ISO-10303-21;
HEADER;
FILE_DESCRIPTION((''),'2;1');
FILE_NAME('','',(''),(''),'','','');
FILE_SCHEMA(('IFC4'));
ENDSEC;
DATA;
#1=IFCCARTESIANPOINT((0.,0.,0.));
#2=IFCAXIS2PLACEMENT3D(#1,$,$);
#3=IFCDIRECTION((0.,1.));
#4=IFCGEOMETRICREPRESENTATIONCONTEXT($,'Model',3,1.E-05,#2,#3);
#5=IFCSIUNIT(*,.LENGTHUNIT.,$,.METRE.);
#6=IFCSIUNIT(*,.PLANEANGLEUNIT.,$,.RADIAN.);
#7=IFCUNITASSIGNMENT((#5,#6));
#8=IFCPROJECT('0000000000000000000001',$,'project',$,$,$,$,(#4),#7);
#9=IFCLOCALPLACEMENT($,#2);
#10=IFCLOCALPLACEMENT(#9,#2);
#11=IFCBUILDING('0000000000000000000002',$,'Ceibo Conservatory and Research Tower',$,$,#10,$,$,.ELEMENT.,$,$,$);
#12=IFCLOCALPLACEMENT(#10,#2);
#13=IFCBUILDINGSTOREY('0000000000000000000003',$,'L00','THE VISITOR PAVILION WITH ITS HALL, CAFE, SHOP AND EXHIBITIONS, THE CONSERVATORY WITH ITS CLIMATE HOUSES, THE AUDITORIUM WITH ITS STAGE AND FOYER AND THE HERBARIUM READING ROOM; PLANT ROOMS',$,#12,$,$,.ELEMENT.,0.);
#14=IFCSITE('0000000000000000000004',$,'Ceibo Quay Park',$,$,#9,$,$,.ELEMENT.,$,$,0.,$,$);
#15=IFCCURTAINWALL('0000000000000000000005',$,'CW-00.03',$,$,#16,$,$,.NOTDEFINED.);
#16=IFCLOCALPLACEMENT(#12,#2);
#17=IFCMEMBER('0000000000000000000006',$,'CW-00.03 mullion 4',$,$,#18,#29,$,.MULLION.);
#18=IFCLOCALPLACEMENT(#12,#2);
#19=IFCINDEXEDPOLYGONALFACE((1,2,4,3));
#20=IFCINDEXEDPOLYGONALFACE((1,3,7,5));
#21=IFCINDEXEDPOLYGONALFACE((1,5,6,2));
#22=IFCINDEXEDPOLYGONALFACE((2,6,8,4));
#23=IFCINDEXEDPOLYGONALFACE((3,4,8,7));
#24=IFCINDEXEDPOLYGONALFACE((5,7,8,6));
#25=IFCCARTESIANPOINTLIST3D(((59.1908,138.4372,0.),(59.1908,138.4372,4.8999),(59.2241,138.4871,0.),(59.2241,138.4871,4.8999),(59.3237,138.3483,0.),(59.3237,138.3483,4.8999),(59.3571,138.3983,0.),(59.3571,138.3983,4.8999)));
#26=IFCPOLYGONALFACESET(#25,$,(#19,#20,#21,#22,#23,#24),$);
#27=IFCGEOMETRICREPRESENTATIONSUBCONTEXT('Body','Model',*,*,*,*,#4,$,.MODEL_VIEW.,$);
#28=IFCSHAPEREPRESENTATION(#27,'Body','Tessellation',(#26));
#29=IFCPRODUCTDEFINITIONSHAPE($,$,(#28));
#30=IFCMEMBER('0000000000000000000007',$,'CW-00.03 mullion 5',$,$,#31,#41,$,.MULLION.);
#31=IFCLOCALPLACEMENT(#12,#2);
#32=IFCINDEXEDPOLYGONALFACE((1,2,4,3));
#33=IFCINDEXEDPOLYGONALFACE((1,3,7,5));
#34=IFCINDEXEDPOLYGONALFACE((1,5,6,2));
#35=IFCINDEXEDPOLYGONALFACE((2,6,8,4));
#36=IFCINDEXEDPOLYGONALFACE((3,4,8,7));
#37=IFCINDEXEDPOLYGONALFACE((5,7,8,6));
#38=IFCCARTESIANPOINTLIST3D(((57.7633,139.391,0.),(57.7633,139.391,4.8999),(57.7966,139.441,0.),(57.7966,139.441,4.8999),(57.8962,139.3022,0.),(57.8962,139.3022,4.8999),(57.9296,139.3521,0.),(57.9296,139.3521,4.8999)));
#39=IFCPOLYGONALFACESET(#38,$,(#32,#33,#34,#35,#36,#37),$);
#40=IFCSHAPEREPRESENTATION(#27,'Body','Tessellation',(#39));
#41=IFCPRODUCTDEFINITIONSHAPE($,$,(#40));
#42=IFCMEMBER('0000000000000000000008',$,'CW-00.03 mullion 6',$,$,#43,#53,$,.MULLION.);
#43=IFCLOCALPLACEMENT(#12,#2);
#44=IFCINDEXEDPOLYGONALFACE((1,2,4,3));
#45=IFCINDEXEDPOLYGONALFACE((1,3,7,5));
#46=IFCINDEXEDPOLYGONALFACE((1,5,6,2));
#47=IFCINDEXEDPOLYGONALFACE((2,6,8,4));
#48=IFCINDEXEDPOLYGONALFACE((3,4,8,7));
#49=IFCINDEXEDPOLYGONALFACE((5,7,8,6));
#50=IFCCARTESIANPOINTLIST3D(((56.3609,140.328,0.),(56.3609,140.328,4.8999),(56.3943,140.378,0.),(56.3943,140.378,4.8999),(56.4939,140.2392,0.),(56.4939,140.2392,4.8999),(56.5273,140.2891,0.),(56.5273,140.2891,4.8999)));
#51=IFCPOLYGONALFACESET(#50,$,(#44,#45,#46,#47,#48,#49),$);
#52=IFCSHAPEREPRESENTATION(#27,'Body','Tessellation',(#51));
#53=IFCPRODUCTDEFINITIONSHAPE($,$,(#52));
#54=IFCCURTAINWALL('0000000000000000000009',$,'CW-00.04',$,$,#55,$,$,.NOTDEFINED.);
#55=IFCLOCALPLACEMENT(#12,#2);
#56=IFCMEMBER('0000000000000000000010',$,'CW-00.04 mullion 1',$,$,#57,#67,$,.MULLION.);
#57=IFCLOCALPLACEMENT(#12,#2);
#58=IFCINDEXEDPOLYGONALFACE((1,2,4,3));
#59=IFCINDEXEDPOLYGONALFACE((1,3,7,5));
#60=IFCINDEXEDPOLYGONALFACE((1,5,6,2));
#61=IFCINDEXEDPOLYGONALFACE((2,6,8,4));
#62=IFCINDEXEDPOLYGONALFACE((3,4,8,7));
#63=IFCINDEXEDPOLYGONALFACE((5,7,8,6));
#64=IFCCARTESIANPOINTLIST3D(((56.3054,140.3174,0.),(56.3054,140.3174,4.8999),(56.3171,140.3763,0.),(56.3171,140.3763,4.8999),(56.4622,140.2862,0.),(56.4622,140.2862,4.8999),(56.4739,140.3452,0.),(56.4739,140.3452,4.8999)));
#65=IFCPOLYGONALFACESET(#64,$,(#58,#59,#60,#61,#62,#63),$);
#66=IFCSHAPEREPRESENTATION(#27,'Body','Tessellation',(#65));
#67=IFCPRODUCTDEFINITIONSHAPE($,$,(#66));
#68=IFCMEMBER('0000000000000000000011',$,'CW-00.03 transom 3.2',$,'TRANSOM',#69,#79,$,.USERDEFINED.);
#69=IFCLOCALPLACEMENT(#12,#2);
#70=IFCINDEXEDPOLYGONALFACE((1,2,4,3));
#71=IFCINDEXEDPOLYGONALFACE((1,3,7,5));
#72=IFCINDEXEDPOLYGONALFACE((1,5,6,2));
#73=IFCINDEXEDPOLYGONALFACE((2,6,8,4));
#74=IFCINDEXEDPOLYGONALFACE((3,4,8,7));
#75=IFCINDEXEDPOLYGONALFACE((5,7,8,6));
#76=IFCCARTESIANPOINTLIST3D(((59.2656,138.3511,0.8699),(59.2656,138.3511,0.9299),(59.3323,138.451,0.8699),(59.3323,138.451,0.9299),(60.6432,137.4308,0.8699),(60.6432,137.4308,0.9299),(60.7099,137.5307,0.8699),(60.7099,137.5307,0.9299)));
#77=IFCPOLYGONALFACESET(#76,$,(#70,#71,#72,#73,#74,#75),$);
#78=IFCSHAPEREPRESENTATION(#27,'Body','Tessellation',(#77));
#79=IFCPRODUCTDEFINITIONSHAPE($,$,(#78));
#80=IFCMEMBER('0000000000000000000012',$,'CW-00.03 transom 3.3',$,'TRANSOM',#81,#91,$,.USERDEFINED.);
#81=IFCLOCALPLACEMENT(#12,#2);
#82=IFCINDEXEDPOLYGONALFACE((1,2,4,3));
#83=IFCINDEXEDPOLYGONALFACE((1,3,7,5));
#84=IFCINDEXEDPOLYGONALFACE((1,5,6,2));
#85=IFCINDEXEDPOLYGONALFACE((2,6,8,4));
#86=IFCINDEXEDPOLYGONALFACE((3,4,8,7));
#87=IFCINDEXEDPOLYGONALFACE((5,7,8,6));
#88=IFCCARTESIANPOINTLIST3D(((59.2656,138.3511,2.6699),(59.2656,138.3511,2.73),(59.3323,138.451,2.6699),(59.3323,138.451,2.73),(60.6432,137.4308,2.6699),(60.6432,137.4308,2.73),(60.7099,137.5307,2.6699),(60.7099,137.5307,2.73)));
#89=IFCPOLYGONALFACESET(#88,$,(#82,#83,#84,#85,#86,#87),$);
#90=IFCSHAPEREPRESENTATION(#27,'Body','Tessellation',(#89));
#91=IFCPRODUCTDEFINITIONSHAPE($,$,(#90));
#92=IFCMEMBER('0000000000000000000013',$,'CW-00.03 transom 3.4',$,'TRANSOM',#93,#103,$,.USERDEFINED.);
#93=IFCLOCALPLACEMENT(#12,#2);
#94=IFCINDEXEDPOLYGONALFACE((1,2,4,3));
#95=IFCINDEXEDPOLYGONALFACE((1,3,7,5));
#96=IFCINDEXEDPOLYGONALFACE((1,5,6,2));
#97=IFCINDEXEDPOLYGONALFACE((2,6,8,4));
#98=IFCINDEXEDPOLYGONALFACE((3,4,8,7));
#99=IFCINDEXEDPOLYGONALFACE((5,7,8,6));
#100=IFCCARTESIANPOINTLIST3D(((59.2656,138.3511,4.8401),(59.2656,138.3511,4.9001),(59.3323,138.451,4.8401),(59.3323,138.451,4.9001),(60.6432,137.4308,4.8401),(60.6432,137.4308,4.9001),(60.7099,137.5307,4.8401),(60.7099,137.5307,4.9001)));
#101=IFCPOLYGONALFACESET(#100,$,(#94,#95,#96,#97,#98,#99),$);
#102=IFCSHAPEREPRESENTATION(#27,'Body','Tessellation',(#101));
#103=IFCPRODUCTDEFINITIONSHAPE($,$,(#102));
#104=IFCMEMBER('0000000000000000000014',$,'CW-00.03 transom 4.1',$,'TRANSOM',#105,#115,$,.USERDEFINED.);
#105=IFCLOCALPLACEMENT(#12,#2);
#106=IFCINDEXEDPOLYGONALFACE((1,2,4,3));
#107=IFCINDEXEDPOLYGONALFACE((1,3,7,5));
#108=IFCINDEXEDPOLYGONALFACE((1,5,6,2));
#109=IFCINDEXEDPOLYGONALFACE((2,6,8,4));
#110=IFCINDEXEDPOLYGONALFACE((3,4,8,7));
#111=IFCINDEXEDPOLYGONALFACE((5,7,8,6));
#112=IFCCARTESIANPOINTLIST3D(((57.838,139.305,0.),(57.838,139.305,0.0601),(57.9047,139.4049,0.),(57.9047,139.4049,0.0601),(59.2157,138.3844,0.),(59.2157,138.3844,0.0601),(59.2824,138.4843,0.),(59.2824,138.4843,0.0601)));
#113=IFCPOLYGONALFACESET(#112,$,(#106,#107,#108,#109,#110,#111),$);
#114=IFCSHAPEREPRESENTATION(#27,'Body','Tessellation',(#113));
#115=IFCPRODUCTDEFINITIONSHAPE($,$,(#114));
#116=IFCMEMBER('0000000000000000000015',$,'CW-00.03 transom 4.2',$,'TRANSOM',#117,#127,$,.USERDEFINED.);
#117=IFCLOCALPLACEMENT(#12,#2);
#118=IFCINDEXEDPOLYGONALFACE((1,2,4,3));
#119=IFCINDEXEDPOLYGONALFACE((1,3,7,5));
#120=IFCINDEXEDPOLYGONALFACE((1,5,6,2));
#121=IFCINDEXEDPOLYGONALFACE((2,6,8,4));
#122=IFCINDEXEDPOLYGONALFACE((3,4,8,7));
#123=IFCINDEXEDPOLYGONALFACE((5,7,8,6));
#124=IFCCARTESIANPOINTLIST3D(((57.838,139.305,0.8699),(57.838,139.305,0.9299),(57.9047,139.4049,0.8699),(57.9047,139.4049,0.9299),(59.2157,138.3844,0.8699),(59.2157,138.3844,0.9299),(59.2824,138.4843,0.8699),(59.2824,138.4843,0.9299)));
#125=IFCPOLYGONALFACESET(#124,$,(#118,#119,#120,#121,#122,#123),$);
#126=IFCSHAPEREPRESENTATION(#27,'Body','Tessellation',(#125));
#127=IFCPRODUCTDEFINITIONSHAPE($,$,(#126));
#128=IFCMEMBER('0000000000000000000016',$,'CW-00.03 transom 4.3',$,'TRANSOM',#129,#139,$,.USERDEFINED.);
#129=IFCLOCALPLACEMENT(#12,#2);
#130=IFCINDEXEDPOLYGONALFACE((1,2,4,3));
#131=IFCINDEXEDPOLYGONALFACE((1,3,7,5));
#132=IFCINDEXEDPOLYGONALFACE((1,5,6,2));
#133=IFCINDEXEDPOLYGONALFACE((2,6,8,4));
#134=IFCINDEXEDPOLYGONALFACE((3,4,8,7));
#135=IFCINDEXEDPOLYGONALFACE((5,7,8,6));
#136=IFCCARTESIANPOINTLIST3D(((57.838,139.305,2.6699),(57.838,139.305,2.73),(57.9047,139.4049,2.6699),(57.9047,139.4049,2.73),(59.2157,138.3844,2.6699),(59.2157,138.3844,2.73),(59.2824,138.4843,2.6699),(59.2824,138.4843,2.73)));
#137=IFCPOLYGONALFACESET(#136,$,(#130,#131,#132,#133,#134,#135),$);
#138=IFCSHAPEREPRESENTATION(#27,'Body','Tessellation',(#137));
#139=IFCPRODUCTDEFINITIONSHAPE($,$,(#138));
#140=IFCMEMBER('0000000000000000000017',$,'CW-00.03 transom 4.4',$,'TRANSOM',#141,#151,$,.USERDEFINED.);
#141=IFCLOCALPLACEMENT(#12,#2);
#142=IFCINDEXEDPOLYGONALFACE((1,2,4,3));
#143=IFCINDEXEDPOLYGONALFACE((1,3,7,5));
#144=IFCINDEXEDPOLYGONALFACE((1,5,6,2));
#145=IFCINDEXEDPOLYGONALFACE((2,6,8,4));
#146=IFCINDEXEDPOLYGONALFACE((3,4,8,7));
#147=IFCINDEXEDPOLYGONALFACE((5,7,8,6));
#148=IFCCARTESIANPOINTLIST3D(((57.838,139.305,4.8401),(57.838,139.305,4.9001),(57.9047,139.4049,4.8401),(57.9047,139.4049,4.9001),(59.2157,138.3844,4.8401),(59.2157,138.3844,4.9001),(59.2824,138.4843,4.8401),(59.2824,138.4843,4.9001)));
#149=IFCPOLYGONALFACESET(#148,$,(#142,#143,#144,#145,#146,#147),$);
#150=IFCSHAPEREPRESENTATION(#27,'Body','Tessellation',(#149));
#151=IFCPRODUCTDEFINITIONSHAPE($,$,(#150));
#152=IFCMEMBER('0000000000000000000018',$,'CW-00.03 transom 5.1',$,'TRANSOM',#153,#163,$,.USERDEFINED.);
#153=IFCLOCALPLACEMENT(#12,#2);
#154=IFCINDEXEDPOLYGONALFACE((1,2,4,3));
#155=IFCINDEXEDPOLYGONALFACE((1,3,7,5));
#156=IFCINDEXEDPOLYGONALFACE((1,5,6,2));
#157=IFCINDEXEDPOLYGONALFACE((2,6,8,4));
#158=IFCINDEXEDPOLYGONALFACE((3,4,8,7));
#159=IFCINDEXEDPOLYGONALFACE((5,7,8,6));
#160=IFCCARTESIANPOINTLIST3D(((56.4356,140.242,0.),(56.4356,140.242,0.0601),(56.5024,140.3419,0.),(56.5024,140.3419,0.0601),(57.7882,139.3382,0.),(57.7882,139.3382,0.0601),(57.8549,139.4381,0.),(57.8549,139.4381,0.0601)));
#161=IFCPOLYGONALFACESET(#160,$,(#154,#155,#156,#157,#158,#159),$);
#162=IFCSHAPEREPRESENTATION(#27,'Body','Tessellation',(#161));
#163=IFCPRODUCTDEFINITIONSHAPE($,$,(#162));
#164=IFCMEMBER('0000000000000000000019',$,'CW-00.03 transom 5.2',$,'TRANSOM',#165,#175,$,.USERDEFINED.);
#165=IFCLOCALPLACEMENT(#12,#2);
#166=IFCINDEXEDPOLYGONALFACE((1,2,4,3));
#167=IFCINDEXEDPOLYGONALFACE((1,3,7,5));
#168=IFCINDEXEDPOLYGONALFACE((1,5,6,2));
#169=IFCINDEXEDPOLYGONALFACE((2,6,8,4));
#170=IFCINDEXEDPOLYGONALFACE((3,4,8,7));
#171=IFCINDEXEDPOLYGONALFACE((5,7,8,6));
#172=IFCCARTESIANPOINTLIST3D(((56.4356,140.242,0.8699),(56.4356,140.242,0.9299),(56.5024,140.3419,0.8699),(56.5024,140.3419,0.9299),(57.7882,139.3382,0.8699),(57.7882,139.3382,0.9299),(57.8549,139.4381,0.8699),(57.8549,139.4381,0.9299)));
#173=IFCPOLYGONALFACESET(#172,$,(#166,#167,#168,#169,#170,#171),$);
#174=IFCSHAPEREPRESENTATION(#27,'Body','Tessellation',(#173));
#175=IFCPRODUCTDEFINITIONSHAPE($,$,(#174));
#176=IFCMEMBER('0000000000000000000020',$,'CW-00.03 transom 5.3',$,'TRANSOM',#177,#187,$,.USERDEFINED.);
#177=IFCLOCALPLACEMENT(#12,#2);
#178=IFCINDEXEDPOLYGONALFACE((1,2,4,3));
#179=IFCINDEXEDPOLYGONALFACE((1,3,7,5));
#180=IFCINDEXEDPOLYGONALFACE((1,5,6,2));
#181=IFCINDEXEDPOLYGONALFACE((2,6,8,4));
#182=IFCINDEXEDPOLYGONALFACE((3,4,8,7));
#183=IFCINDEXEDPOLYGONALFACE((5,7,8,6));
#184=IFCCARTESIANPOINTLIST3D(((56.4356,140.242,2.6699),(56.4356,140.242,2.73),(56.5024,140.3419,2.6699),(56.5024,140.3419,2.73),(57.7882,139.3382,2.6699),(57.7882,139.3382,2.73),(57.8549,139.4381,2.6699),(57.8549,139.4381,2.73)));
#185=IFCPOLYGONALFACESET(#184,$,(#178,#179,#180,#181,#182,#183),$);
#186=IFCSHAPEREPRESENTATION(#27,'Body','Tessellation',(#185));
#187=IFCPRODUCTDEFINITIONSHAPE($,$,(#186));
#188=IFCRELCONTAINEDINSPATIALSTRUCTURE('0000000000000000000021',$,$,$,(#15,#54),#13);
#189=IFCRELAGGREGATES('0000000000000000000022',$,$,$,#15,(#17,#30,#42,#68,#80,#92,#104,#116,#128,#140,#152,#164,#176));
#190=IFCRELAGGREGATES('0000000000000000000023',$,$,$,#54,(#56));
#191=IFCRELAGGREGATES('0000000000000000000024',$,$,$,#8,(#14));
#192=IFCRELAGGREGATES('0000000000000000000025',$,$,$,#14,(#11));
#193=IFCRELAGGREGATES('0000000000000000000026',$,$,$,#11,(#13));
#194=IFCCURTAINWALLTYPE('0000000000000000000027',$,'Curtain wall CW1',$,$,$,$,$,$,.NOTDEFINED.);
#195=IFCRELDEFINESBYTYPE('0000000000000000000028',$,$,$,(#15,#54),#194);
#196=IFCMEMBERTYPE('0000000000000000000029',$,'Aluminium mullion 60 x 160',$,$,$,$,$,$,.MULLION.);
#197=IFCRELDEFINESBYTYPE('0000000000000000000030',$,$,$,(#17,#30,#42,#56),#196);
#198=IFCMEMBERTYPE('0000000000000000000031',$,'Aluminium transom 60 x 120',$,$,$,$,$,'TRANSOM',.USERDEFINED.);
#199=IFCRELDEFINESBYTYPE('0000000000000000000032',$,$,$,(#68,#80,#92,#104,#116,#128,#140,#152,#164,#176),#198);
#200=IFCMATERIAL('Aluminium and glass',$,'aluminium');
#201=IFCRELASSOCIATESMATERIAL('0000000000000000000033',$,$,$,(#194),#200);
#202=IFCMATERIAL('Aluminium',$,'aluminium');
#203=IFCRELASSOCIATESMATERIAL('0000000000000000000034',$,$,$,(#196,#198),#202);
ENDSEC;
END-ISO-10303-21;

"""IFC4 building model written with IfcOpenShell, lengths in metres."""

from ifc_helpers import new_model, si_unit, direction, frame, origin, origin_2d, place, context, subcontext, project, spatial, rectangle, extrude, material, material_profile, profile_set, type_object, element, aggregate, save


model = new_model("IFC4")

# Units and contexts
model_context = context("Model", 3, precision=1e-05, world=origin(), true_north=direction((0.0, 1.0)))
body_context = subcontext(model_context, "Body", "Model", "MODEL_VIEW")
ifc_project = project(units=[si_unit("LENGTHUNIT", "METRE"), si_unit("PLANEANGLEUNIT", "RADIAN")], contexts=[model_context])

# Site, building, storey
site_placement = place(None, origin())
site = spatial("IfcSite", under=ifc_project, at=site_placement, Name="Ceibo Quay Park", CompositionType="ELEMENT", RefElevation=0.0)
building_placement = place(site_placement, origin())
building = spatial("IfcBuilding", under=site, at=building_placement, Name="Ceibo Conservatory and Research Tower", CompositionType="ELEMENT")
storey_placement = place(building_placement, origin())
storey = spatial("IfcBuildingStorey", under=building, at=storey_placement, Name="L00", Description="THE VISITOR PAVILION WITH ITS HALL, CAFE, SHOP AND EXHIBITIONS, THE CONSERVATORY WITH ITS CLIMATE HOUSES, THE AUDITORIUM WITH ITS STAGE AND FOYER AND THE HERBARIUM READING ROOM; PLANT ROOMS", CompositionType="ELEMENT", Elevation=0.0)

# Curtain wall, members
ifc_material_1 = material(Name="Aluminium and glass", Category="aluminium")
curtain_wall_type = type_object("IfcCurtainWallType", Name="Curtain wall CW1", PredefinedType="NOTDEFINED", material=ifc_material_1)
curtain_wall_1_placement = place(storey_placement, origin())
curtain_wall_1 = element("IfcCurtainWall", 1, at=curtain_wall_1_placement, inside=storey, type_object=curtain_wall_type, Name="CW-00.03", PredefinedType="NOTDEFINED")
ifc_material_2 = material(Name="Aluminium", Category="aluminium")
ifc_material_profile_1 = material_profile(ifc_material_2, rectangle(XDim=0.0601, YDim=0.1599, at=origin_2d()), Name="Aluminium 60 x 160")
ifc_profile_set_1 = profile_set([ifc_material_profile_1], Name="Aluminium")
member_type_1 = type_object("IfcMemberType", Name="Aluminium mullion 60 x 160", PredefinedType="MULLION", material=ifc_profile_set_1)
member_1_placement = place(storey_placement, frame((59.2739, 138.4177, 0.0), z_axis=(0.0, 0.0, 1.0), x_axis=(-0.55557, -0.83147, 0.0)))
member_1 = element("IfcMember", 2, at=member_1_placement, type_object=member_type_1, Name="CW-00.03 mullion 4", PredefinedType="MULLION", context=body_context, shape_type="SweptSolid", body=[
    extrude(rectangle(XDim=0.0601, YDim=0.1599, at=origin_2d()), origin(), (0.0, 0.0, 1.0), 4.8999),
])
member_2_placement = place(storey_placement, frame((57.8464, 139.3716, 0.0), z_axis=(0.0, 0.0, 1.0), x_axis=(-0.55557, -0.83147, 0.0)))
member_2 = element("IfcMember", 3, at=member_2_placement, type_object=member_type_1, Name="CW-00.03 mullion 5", PredefinedType="MULLION", context=body_context, shape_type="SweptSolid", body=[
    extrude(rectangle(XDim=0.0601, YDim=0.1599, at=origin_2d()), origin(), (0.0, 0.0, 1.0), 4.8999),
])
member_3_placement = place(storey_placement, frame((56.4441, 140.3086, 0.0), z_axis=(0.0, 0.0, 1.0), x_axis=(-0.55557, -0.83147, 0.0)))
member_3 = element("IfcMember", 4, at=member_3_placement, type_object=member_type_1, Name="CW-00.03 mullion 6", PredefinedType="MULLION", context=body_context, shape_type="SweptSolid", body=[
    extrude(rectangle(XDim=0.0601, YDim=0.1599, at=origin_2d()), origin(), (0.0, 0.0, 1.0), 4.8999),
])

# Curtain wall, member
curtain_wall_2_placement = place(storey_placement, origin())
curtain_wall_2 = element("IfcCurtainWall", 5, at=curtain_wall_2_placement, inside=storey, type_object=curtain_wall_type, Name="CW-00.04", PredefinedType="NOTDEFINED")
member_4_placement = place(storey_placement, frame((56.3896, 140.3313, 0.0), z_axis=(0.0, 0.0, 1.0), x_axis=(-0.19509, -0.980785, 0.0)))
member_4 = element("IfcMember", 6, at=member_4_placement, type_object=member_type_1, Name="CW-00.04 mullion 1", PredefinedType="MULLION", context=body_context, shape_type="SweptSolid", body=[
    extrude(rectangle(XDim=0.0601, YDim=0.1599, at=origin_2d()), origin(), (0.0, 0.0, 1.0), 4.8999),
])

# Members
ifc_material_profile_2 = material_profile(ifc_material_2, rectangle(XDim=0.1201, YDim=0.0601, at=origin_2d()), Name="Aluminium 60 x 120")
ifc_profile_set_2 = profile_set([ifc_material_profile_2], Name="Aluminium")
member_type_2 = type_object("IfcMemberType", Name="Aluminium transom 60 x 120", ElementType="TRANSOM", PredefinedType="USERDEFINED", material=ifc_profile_set_2)
member_5_placement = place(storey_placement, frame((60.6765, 137.4807, 0.8999), z_axis=(-0.831506, 0.555516, 0.0), x_axis=(-0.555516, -0.831506, 0.0)))
member_5 = element("IfcMember", 7, at=member_5_placement, type_object=member_type_2, Name="CW-00.03 transom 3.2", ObjectType="TRANSOM", PredefinedType="USERDEFINED", context=body_context, shape_type="SweptSolid", body=[
    extrude(rectangle(XDim=0.1201, YDim=0.0601, at=origin_2d()), origin(), (0.0, 0.0, 1.0), 1.6567),
])
member_6_placement = place(storey_placement, frame((60.6765, 137.4807, 2.7), z_axis=(-0.831506, 0.555516, 0.0), x_axis=(-0.555516, -0.831506, 0.0)))
member_6 = element("IfcMember", 8, at=member_6_placement, type_object=member_type_2, Name="CW-00.03 transom 3.3", ObjectType="TRANSOM", PredefinedType="USERDEFINED", context=body_context, shape_type="SweptSolid", body=[
    extrude(rectangle(XDim=0.1201, YDim=0.0601, at=origin_2d()), origin(), (0.0, 0.0, 1.0), 1.6567),
])
member_7_placement = place(storey_placement, frame((60.6765, 137.4807, 4.8701), z_axis=(-0.831506, 0.555516, 0.0), x_axis=(-0.555516, -0.831506, 0.0)))
member_7 = element("IfcMember", 9, at=member_7_placement, type_object=member_type_2, Name="CW-00.03 transom 3.4", ObjectType="TRANSOM", PredefinedType="USERDEFINED", context=body_context, shape_type="SweptSolid", body=[
    extrude(rectangle(XDim=0.1201, YDim=0.0601, at=origin_2d()), origin(), (0.0, 0.0, 1.0), 1.6567),
])
member_8_placement = place(storey_placement, frame((59.249, 138.4343, 0.03), z_axis=(-0.831438, 0.555618, 0.0), x_axis=(-0.555618, -0.831438, 0.0)))
member_8 = element("IfcMember", 10, at=member_8_placement, type_object=member_type_2, Name="CW-00.03 transom 4.1", ObjectType="TRANSOM", PredefinedType="USERDEFINED", context=body_context, shape_type="SweptSolid", body=[
    extrude(rectangle(XDim=0.1201, YDim=0.0601, at=origin_2d()), origin(), (0.0, 0.0, 1.0), 1.657),
])
member_9_placement = place(storey_placement, frame((59.249, 138.4343, 0.8999), z_axis=(-0.831438, 0.555618, 0.0), x_axis=(-0.555618, -0.831438, 0.0)))
member_9 = element("IfcMember", 11, at=member_9_placement, type_object=member_type_2, Name="CW-00.03 transom 4.2", ObjectType="TRANSOM", PredefinedType="USERDEFINED", context=body_context, shape_type="SweptSolid", body=[
    extrude(rectangle(XDim=0.1201, YDim=0.0601, at=origin_2d()), origin(), (0.0, 0.0, 1.0), 1.657),
])
member_10_placement = place(storey_placement, frame((59.249, 138.4343, 2.7), z_axis=(-0.831438, 0.555618, 0.0), x_axis=(-0.555618, -0.831438, 0.0)))
member_10 = element("IfcMember", 12, at=member_10_placement, type_object=member_type_2, Name="CW-00.03 transom 4.3", ObjectType="TRANSOM", PredefinedType="USERDEFINED", context=body_context, shape_type="SweptSolid", body=[
    extrude(rectangle(XDim=0.1201, YDim=0.0601, at=origin_2d()), origin(), (0.0, 0.0, 1.0), 1.657),
])
member_11_placement = place(storey_placement, frame((59.249, 138.4343, 4.8701), z_axis=(-0.831438, 0.555618, 0.0), x_axis=(-0.555618, -0.831438, 0.0)))
member_11 = element("IfcMember", 13, at=member_11_placement, type_object=member_type_2, Name="CW-00.03 transom 4.4", ObjectType="TRANSOM", PredefinedType="USERDEFINED", context=body_context, shape_type="SweptSolid", body=[
    extrude(rectangle(XDim=0.1201, YDim=0.0601, at=origin_2d()), origin(), (0.0, 0.0, 1.0), 1.657),
])
member_12_placement = place(storey_placement, frame((57.8215, 139.3882, 0.03), z_axis=(-0.831449, 0.5556, 0.0), x_axis=(-0.5556, -0.831449, 0.0)))
member_12 = element("IfcMember", 14, at=member_12_placement, type_object=member_type_2, Name="CW-00.03 transom 5.1", ObjectType="TRANSOM", PredefinedType="USERDEFINED", context=body_context, shape_type="SweptSolid", body=[
    extrude(rectangle(XDim=0.1201, YDim=0.0601, at=origin_2d()), origin(), (0.0, 0.0, 1.0), 1.6267),
])
member_13_placement = place(storey_placement, frame((57.8215, 139.3882, 0.8999), z_axis=(-0.831449, 0.5556, 0.0), x_axis=(-0.5556, -0.831449, 0.0)))
member_13 = element("IfcMember", 15, at=member_13_placement, type_object=member_type_2, Name="CW-00.03 transom 5.2", ObjectType="TRANSOM", PredefinedType="USERDEFINED", context=body_context, shape_type="SweptSolid", body=[
    extrude(rectangle(XDim=0.1201, YDim=0.0601, at=origin_2d()), origin(), (0.0, 0.0, 1.0), 1.6267),
])
member_14_placement = place(storey_placement, frame((57.8215, 139.3882, 2.7), z_axis=(-0.831449, 0.5556, 0.0), x_axis=(-0.5556, -0.831449, 0.0)))
member_14 = element("IfcMember", 16, at=member_14_placement, type_object=member_type_2, Name="CW-00.03 transom 5.3", ObjectType="TRANSOM", PredefinedType="USERDEFINED", context=body_context, shape_type="SweptSolid", body=[
    extrude(rectangle(XDim=0.1201, YDim=0.0601, at=origin_2d()), origin(), (0.0, 0.0, 1.0), 1.6267),
])

aggregate(curtain_wall_1, [member_1, member_2, member_3, member_5, member_6, member_7, member_8, member_9, member_10, member_11, member_12, member_13, member_14])
aggregate(curtain_wall_2, [member_4])

save(model, "model.ifc")
